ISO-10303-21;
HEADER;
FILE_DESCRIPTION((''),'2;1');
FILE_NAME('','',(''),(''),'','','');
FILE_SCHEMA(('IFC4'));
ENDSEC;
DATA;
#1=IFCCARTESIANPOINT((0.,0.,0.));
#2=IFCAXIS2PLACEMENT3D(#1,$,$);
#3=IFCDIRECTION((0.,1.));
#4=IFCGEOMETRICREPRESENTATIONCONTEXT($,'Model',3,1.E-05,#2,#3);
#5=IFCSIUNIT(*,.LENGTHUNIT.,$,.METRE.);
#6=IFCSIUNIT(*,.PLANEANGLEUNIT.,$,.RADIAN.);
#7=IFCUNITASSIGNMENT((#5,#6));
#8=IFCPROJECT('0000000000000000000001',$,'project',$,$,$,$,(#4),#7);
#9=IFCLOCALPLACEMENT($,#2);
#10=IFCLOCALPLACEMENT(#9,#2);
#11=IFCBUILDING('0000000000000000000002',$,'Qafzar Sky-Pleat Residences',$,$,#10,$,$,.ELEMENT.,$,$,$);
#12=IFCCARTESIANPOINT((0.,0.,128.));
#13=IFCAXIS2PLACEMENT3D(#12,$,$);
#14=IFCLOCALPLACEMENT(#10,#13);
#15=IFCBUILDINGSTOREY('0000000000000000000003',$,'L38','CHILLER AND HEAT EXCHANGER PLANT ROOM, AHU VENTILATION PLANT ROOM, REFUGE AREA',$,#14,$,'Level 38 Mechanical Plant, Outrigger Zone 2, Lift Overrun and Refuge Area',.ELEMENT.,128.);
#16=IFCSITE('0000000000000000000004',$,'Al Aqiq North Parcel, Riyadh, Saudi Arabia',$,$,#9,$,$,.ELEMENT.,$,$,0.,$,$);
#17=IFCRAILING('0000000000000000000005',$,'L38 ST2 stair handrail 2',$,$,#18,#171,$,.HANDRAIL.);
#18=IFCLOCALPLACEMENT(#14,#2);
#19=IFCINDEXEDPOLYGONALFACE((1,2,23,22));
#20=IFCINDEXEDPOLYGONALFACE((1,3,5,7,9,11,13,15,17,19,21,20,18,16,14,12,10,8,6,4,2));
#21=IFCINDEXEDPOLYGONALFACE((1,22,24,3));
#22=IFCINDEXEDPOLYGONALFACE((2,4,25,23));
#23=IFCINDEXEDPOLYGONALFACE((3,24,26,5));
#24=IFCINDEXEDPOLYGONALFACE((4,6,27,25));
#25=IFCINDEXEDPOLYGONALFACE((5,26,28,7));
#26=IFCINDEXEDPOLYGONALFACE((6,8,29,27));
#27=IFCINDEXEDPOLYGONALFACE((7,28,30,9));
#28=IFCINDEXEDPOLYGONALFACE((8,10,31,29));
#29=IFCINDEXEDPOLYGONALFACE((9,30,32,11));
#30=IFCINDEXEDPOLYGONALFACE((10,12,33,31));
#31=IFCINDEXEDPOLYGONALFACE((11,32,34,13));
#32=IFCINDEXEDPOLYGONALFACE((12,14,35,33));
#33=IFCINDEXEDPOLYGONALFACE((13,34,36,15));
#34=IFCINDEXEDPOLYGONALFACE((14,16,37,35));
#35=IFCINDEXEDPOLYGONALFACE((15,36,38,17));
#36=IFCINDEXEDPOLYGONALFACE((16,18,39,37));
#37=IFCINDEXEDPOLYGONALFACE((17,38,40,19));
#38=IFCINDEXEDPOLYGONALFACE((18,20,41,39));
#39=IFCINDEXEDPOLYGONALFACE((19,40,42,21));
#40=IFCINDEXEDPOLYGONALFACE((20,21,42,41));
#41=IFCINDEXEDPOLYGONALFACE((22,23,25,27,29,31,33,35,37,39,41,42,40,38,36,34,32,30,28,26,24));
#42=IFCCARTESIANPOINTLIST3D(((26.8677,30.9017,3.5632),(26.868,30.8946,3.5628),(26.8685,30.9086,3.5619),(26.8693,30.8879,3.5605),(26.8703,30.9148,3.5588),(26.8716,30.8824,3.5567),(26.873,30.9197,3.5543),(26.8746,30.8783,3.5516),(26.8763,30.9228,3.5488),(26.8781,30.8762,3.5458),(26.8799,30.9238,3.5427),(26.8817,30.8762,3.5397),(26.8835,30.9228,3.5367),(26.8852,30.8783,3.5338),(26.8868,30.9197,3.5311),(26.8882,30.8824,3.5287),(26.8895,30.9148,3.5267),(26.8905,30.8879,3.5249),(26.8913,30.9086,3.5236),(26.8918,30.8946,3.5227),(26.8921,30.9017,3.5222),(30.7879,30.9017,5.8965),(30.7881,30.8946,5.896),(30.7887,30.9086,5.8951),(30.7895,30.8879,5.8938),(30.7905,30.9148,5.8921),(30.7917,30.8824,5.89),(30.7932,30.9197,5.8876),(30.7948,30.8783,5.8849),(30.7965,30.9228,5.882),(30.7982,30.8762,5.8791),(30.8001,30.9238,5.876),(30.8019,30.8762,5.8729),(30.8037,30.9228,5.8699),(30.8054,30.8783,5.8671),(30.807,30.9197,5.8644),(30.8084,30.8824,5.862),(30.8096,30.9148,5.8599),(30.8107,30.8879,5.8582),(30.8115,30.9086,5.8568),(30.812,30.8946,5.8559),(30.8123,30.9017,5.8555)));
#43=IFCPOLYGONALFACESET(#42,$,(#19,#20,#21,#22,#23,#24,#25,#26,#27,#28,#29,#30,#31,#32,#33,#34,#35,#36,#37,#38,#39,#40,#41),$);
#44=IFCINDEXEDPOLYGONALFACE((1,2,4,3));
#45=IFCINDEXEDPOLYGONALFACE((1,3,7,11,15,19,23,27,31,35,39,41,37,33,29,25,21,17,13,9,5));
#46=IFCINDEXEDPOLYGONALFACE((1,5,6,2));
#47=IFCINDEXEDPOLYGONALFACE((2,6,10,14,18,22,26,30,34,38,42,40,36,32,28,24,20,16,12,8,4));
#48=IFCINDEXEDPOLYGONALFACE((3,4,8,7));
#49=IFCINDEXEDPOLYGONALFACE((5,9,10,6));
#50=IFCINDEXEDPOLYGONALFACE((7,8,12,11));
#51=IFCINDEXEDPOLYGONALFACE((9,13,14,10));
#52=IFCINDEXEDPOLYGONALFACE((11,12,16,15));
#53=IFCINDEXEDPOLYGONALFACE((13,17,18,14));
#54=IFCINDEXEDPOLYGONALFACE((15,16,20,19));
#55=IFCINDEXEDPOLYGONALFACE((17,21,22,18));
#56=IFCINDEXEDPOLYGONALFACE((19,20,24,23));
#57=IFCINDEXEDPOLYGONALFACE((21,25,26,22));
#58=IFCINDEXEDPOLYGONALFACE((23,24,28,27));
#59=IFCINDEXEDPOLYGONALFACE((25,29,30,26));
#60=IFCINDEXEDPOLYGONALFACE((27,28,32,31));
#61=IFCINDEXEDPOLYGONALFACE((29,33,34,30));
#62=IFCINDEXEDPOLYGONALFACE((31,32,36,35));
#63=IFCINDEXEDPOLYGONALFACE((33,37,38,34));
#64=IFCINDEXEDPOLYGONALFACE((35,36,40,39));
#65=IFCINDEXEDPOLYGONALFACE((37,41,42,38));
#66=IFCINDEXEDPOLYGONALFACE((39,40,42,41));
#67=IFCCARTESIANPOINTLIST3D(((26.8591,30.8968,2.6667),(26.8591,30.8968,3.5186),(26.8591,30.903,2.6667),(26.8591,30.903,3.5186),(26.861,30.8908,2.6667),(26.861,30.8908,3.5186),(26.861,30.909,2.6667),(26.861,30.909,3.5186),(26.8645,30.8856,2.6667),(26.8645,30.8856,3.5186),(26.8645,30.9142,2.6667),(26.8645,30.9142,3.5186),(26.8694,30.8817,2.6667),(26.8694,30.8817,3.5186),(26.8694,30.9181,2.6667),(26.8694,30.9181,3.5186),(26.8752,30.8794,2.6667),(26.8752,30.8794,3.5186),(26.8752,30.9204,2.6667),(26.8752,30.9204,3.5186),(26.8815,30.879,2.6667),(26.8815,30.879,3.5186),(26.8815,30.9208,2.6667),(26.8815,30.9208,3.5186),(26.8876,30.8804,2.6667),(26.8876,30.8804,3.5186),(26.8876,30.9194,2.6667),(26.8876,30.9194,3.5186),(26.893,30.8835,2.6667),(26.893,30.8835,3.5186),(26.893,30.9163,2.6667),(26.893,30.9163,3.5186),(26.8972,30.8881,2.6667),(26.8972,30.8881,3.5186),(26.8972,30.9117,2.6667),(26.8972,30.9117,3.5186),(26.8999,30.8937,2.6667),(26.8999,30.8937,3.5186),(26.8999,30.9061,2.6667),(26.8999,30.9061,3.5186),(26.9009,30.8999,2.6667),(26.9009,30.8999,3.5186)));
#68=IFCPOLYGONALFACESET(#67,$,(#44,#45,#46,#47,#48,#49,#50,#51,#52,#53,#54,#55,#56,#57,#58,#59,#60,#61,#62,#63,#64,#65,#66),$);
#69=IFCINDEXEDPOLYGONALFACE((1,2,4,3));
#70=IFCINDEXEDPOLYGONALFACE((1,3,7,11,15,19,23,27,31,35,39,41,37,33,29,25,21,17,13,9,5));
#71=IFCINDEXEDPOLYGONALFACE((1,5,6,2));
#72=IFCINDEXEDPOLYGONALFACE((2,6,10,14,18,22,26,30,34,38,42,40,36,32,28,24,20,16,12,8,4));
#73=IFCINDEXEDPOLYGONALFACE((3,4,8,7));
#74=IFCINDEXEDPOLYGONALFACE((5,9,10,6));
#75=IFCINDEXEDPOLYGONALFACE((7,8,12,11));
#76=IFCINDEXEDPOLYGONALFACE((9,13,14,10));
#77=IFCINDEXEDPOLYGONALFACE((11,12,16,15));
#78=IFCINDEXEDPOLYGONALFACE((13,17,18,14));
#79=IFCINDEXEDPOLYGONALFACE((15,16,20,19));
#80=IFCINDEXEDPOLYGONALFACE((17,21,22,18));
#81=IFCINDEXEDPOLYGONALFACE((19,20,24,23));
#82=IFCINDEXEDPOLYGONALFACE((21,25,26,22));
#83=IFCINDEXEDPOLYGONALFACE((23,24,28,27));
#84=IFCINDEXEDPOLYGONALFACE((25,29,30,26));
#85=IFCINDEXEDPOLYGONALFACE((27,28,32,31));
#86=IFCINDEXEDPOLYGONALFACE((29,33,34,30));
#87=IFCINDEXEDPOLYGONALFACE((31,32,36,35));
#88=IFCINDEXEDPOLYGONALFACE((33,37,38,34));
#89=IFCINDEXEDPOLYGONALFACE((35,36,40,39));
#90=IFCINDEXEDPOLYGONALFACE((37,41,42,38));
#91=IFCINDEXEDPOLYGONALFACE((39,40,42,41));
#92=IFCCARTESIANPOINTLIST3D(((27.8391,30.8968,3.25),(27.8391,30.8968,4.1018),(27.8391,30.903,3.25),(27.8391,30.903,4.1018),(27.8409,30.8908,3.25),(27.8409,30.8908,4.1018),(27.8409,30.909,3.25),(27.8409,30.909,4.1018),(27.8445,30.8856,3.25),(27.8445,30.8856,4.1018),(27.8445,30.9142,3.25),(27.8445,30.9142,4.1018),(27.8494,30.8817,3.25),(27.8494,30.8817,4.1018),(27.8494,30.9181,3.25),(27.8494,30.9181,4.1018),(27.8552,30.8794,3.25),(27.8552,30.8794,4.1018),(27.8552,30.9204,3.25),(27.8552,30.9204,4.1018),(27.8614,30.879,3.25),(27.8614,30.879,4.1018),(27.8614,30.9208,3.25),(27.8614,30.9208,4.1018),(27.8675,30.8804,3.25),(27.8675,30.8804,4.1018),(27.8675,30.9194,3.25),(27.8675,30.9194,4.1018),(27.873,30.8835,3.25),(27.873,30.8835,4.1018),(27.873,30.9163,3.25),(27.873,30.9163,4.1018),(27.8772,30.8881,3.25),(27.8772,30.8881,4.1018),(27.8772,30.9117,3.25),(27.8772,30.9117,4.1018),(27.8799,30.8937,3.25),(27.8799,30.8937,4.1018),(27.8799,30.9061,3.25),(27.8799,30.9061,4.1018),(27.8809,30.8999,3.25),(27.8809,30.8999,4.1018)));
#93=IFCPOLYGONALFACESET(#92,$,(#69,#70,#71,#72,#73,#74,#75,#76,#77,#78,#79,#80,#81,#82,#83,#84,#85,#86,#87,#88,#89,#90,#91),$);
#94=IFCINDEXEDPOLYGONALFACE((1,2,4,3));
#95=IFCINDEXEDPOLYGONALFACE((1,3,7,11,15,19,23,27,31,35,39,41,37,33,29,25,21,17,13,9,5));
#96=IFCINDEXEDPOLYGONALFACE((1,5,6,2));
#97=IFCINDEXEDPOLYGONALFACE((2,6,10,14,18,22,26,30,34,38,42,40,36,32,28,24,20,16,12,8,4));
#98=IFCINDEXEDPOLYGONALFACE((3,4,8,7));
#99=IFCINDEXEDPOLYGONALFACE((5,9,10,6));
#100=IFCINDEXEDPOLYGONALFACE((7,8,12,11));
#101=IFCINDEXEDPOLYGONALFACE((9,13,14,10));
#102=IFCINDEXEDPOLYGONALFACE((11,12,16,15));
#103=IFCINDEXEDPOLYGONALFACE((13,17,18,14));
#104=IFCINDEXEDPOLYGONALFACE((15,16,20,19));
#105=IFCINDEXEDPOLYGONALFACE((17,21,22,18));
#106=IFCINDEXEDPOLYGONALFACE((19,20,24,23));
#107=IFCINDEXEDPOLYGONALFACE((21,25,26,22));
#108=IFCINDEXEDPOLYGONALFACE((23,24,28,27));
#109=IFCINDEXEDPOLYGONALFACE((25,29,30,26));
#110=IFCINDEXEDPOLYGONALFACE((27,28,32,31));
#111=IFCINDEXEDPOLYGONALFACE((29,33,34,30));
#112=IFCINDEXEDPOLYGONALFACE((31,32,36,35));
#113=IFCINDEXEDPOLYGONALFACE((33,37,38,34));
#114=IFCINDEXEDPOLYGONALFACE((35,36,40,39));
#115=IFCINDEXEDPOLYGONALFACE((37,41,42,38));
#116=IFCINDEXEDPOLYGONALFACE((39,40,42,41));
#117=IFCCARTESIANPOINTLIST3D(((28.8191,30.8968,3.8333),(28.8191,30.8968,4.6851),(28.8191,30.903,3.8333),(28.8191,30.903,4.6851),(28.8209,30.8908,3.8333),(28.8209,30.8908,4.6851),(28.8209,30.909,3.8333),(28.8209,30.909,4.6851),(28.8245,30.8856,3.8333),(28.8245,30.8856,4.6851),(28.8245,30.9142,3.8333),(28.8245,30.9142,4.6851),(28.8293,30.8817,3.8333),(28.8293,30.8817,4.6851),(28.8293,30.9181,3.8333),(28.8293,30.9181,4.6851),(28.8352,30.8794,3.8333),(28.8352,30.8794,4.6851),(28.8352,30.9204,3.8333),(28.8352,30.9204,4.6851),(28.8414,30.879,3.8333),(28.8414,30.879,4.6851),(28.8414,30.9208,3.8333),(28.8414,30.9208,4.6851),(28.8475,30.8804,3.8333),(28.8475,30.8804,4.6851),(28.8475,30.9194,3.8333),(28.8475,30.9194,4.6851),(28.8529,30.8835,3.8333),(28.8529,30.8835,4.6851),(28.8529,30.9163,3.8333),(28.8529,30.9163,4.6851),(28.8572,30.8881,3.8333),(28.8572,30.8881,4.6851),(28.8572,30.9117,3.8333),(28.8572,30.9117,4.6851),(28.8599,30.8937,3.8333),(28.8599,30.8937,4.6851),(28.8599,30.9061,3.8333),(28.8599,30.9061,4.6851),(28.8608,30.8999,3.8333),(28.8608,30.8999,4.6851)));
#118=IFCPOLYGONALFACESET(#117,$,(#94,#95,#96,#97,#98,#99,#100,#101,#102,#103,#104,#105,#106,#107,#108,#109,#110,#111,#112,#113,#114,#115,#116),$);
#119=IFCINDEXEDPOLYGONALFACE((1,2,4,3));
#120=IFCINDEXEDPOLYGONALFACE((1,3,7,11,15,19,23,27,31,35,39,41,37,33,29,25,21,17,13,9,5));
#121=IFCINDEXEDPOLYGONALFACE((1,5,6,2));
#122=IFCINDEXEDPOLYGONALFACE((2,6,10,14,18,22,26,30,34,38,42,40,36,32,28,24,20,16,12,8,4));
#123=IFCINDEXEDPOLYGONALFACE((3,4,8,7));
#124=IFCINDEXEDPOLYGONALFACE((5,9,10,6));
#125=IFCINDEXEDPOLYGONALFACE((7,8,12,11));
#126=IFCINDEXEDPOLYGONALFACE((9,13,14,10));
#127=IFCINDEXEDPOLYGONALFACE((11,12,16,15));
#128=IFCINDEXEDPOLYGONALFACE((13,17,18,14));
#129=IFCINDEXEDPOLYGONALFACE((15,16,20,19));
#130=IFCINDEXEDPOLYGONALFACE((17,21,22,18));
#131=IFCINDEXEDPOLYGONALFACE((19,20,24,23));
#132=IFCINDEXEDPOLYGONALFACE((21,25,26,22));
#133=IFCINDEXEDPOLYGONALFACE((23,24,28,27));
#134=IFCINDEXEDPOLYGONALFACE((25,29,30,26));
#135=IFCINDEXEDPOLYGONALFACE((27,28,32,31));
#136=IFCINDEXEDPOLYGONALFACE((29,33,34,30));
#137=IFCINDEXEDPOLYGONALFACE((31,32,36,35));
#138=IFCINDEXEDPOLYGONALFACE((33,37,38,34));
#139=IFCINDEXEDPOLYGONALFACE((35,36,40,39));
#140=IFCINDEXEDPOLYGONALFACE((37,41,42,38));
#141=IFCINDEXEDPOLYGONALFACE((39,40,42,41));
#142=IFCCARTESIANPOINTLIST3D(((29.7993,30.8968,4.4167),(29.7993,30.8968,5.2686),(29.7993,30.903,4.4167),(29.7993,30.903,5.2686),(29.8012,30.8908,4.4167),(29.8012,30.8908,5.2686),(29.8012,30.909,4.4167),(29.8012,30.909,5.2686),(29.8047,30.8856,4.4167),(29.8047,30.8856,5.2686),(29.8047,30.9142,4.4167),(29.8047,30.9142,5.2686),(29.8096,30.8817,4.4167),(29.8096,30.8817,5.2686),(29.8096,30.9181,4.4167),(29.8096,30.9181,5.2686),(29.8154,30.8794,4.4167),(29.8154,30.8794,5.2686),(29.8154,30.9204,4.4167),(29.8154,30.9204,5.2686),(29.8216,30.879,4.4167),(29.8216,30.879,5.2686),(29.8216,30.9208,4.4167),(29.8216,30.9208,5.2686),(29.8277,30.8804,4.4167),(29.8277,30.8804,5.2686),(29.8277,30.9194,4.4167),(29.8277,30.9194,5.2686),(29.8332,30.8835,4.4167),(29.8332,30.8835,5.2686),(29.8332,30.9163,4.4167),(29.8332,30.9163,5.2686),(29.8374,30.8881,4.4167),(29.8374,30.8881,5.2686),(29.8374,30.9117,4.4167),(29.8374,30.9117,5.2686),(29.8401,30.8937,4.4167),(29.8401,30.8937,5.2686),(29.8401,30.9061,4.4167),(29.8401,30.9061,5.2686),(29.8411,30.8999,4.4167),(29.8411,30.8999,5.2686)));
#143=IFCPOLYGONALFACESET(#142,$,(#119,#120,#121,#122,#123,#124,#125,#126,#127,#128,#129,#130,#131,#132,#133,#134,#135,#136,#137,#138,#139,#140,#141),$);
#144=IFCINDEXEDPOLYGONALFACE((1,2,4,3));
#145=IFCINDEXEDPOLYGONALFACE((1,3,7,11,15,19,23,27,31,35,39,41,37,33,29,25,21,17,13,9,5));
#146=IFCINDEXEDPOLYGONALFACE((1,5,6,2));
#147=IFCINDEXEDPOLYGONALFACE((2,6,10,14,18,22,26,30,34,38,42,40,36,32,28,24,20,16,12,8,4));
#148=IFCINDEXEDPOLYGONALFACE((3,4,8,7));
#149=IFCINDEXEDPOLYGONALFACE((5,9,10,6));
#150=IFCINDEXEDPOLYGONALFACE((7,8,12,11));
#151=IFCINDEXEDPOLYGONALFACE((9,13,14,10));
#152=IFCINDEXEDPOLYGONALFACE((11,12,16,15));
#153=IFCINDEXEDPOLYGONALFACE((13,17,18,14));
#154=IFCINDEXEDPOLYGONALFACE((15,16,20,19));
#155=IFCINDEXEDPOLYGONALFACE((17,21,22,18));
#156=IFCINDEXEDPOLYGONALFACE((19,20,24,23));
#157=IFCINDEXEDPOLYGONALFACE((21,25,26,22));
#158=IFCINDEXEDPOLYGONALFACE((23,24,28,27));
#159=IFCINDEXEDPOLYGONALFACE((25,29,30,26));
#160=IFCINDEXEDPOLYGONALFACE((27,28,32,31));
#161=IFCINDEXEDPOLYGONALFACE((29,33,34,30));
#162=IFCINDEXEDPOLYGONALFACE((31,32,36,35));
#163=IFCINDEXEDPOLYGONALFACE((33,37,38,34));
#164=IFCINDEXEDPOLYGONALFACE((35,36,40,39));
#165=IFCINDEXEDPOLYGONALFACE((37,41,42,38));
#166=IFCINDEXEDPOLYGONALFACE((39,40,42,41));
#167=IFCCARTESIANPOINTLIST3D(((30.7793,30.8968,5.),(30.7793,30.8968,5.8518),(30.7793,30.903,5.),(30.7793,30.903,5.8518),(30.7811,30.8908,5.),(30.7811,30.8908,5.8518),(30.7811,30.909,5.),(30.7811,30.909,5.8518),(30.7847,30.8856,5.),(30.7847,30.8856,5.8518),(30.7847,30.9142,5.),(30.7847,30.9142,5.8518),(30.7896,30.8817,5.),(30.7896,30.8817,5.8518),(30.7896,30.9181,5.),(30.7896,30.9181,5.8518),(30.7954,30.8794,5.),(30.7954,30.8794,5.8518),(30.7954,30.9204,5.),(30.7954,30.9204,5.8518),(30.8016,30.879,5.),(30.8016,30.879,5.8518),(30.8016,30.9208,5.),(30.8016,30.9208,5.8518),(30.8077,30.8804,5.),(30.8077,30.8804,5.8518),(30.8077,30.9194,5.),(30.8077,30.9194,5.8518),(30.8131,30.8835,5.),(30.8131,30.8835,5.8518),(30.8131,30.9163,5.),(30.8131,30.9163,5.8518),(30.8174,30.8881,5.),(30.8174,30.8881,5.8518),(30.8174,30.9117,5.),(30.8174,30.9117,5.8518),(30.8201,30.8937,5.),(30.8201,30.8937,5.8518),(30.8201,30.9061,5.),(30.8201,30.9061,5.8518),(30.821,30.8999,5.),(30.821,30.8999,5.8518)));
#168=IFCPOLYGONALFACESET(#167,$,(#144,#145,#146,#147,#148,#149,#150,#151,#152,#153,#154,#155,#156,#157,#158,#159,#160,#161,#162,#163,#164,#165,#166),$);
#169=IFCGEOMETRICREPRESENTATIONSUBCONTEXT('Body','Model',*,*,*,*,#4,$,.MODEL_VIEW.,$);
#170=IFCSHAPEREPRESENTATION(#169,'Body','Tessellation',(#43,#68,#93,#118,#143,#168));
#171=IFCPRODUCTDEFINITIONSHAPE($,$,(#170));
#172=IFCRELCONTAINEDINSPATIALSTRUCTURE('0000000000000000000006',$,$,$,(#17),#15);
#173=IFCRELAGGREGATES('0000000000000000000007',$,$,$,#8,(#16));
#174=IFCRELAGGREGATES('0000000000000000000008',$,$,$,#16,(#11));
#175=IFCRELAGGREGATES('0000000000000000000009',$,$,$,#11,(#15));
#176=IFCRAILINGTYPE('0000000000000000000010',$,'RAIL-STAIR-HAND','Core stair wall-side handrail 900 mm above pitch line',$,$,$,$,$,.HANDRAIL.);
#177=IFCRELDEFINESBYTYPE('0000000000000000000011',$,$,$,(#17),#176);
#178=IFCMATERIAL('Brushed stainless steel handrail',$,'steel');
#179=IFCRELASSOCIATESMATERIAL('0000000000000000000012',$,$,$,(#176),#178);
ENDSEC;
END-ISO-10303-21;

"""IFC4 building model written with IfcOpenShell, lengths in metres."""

from ifc_helpers import new_model, si_unit, direction, frame, origin, origin_2d, place, context, subcontext, project, spatial, circle, extrude, source, transform, mapped, material, type_object, element, save


model = new_model("IFC4")

# Units and contexts
model_context = context("Model", 3, precision=1e-05, world=origin(), true_north=direction((0.0, 1.0)))
body_context = subcontext(model_context, "Body", "Model", "MODEL_VIEW")
ifc_project = project(units=[si_unit("LENGTHUNIT", "METRE"), si_unit("PLANEANGLEUNIT", "RADIAN")], contexts=[model_context])

# Site, building, storey
site_placement = place(None, origin())
site = spatial("IfcSite", under=ifc_project, at=site_placement, Name="Al Aqiq North Parcel, Riyadh, Saudi Arabia", CompositionType="ELEMENT", RefElevation=0.0)
building_placement = place(site_placement, origin())
building = spatial("IfcBuilding", under=site, at=building_placement, Name="Qafzar Sky-Pleat Residences", CompositionType="ELEMENT")
storey_placement = place(building_placement, frame((0.0, 0.0, 128.0)))
storey = spatial("IfcBuildingStorey", under=building, at=storey_placement, Name="L38", Description="CHILLER AND HEAT EXCHANGER PLANT ROOM, AHU VENTILATION PLANT ROOM, REFUGE AREA", LongName="Level 38 Mechanical Plant, Outrigger Zone 2, Lift Overrun and Refuge Area", CompositionType="ELEMENT", Elevation=128.0)

# Railing
ifc_material_1 = material(Name="Brushed stainless steel handrail", Category="steel")
railing_type_1 = type_object("IfcRailingType", Name="RAIL-STAIR-HAND", Description="Core stair wall-side handrail 900 mm above pitch line", PredefinedType="HANDRAIL", material=ifc_material_1)
shared_shape_1 = source(origin(), body_context, "Body", "SweptSolid", [
    extrude(circle(Radius=0.0239, at=origin_2d()), frame((0.0, 0.0, 0.876), z_axis=(0.85931, 0.0, 0.511455), x_axis=(0.0, 1.0, 0.0)), (0.0, 0.0, 1.0), 4.562),
    extrude(circle(Radius=0.021, at=origin_2d()), origin(), (0.0, 0.0, 1.0), 0.8518),
    extrude(circle(Radius=0.021, at=origin_2d()), frame((0.98, 0.0, 0.5833)), (0.0, 0.0, 1.0), 0.8518),
    extrude(circle(Radius=0.021, at=origin_2d()), frame((1.96, 0.0, 1.1665)), (0.0, 0.0, 1.0), 0.8518),
    extrude(circle(Radius=0.021, at=origin_2d()), frame((2.9402, 0.0, 1.75)), (0.0, 0.0, 1.0), 0.8518),
    extrude(circle(Radius=0.021, at=origin_2d()), frame((3.9202, 0.0, 2.3333)), (0.0, 0.0, 1.0), 0.8518),
])
railing_1_placement = place(storey_placement, frame((26.8799, 30.8999, 2.6667)))
element("IfcRailing", 1, at=railing_1_placement, inside=storey, type_object=railing_type_1, Name="L38 ST2 stair handrail 2", PredefinedType="HANDRAIL", context=body_context, shape_type="MappedRepresentation", body=[
    mapped(shared_shape_1, transform((0.0, 0.0, 0.0), x_axis=(1.0, 0.0, 0.0), y_axis=(0.0, 1.0, 0.0), z_axis=(0.0, 0.0, 1.0), scale=1.0)),
])

save(model, "model.ifc")
